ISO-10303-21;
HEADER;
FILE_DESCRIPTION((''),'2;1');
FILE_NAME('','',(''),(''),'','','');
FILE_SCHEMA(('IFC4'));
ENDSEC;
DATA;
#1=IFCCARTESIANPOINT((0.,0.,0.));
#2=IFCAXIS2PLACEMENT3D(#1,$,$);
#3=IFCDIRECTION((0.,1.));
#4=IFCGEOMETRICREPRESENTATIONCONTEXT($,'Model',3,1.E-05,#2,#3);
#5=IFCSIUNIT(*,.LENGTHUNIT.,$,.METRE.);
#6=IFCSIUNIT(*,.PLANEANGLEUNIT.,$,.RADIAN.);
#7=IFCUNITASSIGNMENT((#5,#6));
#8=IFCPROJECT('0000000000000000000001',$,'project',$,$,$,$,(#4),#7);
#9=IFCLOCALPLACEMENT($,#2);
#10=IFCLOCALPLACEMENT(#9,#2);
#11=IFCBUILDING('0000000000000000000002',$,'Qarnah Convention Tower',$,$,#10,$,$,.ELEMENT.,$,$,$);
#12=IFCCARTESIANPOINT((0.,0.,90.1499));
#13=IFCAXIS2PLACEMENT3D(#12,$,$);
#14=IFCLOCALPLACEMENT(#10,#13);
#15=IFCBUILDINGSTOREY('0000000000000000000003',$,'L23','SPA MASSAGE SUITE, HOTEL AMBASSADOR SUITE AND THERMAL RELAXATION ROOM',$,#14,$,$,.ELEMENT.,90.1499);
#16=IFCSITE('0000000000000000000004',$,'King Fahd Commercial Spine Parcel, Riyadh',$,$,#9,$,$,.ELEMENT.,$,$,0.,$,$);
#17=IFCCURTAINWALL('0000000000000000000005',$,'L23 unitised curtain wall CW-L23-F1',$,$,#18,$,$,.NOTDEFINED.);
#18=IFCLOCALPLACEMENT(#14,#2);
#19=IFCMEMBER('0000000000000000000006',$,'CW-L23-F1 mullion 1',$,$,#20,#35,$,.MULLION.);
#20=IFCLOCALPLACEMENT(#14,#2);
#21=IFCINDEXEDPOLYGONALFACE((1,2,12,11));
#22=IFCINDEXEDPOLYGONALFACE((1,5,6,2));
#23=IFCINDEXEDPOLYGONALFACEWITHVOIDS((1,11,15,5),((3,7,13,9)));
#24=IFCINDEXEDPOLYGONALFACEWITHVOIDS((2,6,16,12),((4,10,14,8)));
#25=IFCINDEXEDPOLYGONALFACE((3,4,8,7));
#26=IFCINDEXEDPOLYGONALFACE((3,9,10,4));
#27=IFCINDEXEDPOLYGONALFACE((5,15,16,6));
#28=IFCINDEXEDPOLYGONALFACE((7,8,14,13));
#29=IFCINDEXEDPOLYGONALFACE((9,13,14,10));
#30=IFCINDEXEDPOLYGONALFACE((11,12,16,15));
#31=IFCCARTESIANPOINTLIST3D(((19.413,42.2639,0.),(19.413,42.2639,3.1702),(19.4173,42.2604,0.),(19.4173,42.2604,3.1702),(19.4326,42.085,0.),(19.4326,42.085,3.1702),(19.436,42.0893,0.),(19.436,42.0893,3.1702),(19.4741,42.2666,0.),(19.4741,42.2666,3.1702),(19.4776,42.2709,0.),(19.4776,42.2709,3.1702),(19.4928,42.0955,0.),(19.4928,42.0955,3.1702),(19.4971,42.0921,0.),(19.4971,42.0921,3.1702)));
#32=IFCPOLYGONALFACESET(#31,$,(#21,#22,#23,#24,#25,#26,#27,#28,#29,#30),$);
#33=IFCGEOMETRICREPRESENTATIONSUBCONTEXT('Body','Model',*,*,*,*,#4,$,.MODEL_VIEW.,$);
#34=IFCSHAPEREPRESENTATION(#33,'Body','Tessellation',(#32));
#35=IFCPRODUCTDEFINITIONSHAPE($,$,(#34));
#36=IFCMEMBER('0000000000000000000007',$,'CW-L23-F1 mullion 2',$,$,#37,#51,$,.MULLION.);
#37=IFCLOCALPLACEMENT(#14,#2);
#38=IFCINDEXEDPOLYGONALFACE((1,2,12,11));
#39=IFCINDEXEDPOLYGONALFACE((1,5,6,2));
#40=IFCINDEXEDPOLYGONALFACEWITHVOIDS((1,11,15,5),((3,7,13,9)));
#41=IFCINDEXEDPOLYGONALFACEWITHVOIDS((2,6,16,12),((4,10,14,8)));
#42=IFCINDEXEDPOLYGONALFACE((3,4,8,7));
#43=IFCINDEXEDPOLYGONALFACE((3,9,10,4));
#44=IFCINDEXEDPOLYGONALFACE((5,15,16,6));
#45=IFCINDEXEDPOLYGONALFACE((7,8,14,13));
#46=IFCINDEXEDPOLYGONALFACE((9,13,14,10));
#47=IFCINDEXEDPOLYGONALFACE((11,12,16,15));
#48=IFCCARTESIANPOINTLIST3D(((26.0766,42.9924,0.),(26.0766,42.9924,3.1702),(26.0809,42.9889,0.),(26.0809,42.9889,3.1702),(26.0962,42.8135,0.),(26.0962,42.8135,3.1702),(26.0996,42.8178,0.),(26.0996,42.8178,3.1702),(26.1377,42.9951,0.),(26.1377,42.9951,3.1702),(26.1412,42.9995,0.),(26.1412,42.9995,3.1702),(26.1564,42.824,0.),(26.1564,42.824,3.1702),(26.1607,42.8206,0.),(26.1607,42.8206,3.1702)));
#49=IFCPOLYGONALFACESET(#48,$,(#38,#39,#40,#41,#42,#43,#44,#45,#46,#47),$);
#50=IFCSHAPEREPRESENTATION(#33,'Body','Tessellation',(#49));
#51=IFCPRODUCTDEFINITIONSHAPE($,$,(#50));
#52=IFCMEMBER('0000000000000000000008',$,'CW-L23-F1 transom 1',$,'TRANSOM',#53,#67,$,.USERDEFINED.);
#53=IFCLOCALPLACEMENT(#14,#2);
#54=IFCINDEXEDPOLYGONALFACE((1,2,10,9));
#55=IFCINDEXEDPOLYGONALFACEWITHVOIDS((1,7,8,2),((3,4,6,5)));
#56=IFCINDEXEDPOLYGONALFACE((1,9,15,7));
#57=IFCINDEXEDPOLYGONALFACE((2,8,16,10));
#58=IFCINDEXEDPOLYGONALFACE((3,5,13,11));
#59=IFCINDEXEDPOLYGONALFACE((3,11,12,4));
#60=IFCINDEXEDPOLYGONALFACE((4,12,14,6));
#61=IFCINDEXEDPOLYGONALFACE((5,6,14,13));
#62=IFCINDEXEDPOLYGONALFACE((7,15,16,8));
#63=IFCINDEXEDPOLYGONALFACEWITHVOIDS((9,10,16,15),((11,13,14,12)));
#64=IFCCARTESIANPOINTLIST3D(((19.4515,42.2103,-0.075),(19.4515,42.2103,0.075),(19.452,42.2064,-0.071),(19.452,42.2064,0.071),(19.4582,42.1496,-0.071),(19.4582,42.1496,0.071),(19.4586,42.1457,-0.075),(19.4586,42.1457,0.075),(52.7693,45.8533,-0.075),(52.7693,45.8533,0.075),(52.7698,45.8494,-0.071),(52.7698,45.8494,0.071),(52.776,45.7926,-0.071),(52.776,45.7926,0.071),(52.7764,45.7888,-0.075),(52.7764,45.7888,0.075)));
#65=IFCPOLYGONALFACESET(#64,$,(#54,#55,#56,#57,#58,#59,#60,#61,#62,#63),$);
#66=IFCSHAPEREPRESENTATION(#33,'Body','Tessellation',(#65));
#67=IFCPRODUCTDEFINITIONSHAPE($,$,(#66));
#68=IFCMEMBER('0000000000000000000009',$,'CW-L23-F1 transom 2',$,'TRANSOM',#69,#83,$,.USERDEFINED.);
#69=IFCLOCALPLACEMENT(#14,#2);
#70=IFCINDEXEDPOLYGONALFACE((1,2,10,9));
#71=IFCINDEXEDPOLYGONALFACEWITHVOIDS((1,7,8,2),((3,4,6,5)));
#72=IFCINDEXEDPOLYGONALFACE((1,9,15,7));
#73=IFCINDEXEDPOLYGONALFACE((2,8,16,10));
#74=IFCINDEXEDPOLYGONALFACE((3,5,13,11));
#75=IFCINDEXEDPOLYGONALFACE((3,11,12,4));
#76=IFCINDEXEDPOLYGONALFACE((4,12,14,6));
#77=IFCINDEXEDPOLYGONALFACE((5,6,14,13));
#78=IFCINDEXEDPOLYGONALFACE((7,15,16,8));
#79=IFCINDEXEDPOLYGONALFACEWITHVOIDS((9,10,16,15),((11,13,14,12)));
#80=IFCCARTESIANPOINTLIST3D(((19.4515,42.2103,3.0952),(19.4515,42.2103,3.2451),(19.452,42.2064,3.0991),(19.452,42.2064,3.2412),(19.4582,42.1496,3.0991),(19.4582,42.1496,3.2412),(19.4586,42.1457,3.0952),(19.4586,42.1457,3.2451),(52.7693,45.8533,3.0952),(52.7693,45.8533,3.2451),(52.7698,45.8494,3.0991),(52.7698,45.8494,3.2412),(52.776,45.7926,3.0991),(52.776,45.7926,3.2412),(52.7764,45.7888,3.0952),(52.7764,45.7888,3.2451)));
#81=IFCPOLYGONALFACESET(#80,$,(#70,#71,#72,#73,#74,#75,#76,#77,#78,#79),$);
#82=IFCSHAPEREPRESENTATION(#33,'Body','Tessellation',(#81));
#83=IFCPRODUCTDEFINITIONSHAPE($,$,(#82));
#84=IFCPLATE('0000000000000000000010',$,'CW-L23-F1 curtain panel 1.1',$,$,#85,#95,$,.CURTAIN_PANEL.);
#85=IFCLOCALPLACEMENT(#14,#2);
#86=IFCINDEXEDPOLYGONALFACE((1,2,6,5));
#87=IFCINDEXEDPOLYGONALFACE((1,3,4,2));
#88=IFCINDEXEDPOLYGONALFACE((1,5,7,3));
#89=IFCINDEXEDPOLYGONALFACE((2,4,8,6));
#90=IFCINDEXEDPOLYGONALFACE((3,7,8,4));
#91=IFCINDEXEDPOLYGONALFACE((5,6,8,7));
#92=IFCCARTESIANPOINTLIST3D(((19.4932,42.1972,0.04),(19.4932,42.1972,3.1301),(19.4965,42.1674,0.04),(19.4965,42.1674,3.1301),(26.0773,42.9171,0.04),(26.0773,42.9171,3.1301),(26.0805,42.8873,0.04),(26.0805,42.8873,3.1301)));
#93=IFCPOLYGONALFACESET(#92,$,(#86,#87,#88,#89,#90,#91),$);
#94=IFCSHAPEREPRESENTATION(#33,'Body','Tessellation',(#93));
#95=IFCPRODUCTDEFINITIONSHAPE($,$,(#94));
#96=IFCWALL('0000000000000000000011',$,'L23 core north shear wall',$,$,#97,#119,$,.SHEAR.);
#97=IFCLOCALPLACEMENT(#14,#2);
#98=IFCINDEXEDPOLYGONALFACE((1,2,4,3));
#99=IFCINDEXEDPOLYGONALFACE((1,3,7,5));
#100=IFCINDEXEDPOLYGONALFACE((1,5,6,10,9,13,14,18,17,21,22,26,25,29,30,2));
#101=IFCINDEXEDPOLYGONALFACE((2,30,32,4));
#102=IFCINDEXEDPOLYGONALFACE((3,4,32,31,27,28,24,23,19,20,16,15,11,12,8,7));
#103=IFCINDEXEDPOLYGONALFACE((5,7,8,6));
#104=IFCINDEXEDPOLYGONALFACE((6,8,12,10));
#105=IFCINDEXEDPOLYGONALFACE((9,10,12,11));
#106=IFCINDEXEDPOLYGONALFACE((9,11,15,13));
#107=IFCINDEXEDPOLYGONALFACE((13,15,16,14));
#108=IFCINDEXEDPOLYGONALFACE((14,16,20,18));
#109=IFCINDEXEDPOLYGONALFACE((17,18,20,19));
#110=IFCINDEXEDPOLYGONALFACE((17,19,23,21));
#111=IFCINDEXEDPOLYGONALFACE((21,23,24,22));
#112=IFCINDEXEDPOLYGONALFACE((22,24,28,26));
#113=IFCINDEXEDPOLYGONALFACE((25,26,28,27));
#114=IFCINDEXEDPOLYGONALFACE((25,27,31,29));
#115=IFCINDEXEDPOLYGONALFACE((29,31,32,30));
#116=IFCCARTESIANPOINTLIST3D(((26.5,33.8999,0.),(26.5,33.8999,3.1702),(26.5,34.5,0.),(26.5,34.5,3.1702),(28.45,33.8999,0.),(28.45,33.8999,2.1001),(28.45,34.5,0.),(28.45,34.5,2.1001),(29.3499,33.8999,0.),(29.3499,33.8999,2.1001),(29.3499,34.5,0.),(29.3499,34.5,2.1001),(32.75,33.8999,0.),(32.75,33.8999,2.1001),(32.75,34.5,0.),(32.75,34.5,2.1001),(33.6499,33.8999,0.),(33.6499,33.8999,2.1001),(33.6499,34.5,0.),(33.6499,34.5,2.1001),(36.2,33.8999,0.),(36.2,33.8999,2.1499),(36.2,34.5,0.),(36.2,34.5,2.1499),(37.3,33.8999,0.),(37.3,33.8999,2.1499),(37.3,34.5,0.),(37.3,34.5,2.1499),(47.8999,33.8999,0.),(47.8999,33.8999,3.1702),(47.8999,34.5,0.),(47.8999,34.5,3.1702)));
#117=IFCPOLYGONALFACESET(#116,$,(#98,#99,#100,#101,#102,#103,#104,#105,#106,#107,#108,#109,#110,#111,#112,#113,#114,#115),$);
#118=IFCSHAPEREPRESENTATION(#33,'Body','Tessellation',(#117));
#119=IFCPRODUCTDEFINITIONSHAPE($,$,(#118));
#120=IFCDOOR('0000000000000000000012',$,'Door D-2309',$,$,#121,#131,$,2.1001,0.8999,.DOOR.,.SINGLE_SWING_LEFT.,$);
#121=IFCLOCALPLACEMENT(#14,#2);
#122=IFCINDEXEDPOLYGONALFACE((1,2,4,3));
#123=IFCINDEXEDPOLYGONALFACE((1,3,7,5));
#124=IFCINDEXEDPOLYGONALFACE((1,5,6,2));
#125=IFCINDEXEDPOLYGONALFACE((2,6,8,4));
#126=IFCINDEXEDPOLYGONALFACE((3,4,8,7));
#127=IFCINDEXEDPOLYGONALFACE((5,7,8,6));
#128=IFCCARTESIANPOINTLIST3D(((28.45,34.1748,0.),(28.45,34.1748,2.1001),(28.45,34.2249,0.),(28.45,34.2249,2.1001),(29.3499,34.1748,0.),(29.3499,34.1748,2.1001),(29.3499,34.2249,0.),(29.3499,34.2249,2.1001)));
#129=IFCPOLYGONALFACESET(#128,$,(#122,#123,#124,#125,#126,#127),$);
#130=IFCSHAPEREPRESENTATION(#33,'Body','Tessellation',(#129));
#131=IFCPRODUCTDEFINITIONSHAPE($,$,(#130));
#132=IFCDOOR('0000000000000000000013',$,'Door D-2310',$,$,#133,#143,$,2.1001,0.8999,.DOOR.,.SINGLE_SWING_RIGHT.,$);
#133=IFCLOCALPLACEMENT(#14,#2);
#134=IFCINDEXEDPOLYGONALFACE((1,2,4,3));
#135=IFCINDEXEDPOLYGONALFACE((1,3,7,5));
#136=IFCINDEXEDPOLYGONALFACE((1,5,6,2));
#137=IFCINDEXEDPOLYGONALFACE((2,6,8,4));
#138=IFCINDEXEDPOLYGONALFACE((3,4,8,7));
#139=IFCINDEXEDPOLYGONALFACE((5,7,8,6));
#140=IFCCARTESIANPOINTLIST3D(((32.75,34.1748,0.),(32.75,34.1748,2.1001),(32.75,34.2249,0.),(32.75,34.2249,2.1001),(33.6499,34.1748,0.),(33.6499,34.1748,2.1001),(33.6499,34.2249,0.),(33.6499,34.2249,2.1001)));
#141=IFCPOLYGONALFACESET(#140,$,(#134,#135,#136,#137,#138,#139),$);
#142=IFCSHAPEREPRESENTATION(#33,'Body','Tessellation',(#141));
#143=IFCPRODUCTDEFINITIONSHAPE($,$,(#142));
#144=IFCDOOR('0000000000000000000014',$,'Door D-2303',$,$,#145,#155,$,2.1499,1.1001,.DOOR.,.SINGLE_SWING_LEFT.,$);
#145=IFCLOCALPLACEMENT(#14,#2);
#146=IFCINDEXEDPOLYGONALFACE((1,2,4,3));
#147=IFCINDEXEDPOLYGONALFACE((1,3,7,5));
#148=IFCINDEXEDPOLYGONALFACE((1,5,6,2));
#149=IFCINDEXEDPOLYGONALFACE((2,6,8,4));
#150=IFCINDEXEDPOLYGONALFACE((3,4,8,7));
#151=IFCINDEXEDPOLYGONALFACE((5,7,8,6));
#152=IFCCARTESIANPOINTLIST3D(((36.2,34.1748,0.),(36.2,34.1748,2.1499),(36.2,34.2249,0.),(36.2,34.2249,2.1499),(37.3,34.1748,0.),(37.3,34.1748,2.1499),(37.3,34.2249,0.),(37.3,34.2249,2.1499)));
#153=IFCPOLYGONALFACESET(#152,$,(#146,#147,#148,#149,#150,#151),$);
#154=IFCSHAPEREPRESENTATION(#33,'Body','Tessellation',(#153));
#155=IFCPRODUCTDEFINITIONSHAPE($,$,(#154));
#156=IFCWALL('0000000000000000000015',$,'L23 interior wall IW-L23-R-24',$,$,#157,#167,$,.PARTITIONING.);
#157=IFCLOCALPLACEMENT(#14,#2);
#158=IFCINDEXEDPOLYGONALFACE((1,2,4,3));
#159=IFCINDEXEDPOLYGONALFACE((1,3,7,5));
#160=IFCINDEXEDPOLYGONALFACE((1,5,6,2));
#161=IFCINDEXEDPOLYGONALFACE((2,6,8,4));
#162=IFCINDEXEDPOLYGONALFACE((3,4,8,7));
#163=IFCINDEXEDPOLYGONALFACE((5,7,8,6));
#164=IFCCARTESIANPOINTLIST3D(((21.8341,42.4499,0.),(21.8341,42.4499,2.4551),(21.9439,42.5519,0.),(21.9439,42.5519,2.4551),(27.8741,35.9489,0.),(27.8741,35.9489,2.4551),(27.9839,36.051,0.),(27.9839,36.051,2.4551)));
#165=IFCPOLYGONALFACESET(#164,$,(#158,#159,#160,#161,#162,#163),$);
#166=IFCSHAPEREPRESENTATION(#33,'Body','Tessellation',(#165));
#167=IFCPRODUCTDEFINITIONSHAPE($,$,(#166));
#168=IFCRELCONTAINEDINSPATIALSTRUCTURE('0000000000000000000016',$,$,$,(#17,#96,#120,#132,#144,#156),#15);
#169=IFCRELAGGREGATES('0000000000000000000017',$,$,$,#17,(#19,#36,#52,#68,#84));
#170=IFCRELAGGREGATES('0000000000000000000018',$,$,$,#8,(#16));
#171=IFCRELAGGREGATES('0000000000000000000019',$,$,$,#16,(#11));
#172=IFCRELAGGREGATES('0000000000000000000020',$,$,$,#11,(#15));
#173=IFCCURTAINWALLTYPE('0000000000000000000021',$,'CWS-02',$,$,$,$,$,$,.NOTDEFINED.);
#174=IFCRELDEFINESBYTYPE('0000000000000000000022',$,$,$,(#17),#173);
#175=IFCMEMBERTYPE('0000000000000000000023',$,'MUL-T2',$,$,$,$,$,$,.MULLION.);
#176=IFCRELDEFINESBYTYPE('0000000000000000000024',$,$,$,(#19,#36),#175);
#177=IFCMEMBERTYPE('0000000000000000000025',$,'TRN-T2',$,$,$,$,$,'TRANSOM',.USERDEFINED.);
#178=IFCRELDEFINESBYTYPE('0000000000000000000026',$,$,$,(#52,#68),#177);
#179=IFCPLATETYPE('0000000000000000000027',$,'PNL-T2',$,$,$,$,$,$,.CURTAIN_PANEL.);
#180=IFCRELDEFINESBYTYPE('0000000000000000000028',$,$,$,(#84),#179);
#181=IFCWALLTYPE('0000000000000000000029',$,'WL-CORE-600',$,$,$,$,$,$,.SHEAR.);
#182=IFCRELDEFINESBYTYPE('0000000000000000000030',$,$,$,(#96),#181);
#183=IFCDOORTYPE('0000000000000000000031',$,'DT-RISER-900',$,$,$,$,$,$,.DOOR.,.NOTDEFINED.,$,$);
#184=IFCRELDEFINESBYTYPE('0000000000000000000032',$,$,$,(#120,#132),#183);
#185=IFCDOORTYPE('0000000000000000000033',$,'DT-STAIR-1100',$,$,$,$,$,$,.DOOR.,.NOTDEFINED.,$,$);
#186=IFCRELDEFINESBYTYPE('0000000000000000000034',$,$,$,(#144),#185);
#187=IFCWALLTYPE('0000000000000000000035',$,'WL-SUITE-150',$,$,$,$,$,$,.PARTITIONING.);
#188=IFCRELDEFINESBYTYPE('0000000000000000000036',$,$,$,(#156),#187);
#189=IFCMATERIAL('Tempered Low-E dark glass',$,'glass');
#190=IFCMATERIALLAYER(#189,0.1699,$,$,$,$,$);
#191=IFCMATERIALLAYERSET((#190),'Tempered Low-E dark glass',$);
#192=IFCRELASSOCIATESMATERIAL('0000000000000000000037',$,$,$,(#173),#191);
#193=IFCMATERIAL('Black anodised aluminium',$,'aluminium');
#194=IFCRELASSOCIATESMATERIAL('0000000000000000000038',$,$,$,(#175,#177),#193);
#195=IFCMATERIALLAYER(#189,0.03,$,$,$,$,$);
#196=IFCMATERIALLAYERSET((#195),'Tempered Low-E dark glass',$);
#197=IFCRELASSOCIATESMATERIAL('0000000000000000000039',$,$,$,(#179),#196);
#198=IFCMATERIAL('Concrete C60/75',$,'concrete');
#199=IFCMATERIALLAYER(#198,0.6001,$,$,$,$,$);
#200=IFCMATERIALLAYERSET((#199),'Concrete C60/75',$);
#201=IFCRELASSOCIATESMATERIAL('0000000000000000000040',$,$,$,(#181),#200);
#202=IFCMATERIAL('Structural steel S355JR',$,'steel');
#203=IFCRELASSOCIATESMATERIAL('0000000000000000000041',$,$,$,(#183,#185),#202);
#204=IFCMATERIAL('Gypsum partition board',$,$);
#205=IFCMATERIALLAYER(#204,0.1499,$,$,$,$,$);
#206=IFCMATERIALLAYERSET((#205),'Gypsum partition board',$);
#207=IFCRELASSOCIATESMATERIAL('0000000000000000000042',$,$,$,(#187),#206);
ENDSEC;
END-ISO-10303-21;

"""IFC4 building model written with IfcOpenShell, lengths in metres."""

from ifc_helpers import new_model, si_unit, direction, frame, frame_2d, origin, origin_2d, place, context, subcontext, project, spatial, rectangle, hollow_rectangle, extrude, material, layer, layer_set, material_profile, profile_set, type_object, element, fill, aggregate, save


model = new_model("IFC4")

# Units and contexts
model_context = context("Model", 3, precision=1e-05, world=origin(), true_north=direction((0.0, 1.0)))
body_context = subcontext(model_context, "Body", "Model", "MODEL_VIEW")
ifc_project = project(units=[si_unit("LENGTHUNIT", "METRE"), si_unit("PLANEANGLEUNIT", "RADIAN")], contexts=[model_context])

# Site, building, storey
site_placement = place(None, origin())
site = spatial("IfcSite", under=ifc_project, at=site_placement, Name="King Fahd Commercial Spine Parcel, Riyadh", CompositionType="ELEMENT", RefElevation=0.0)
building_placement = place(site_placement, origin())
building = spatial("IfcBuilding", under=site, at=building_placement, Name="Qarnah Convention Tower", CompositionType="ELEMENT")
storey_placement = place(building_placement, frame((0.0, 0.0, 90.1499)))
storey = spatial("IfcBuildingStorey", under=building, at=storey_placement, Name="L23", Description="SPA MASSAGE SUITE, HOTEL AMBASSADOR SUITE AND THERMAL RELAXATION ROOM", CompositionType="ELEMENT", Elevation=90.1499)

# Curtain wall, members, plate
ifc_material_1 = material(Name="Tempered Low-E dark glass", Category="glass")
ifc_layer_1 = layer(ifc_material_1, 0.1699)
ifc_layer_set_1 = layer_set([ifc_layer_1], Name="Tempered Low-E dark glass")
curtain_wall_type = type_object("IfcCurtainWallType", Name="CWS-02", PredefinedType="NOTDEFINED", material=ifc_layer_set_1)
curtain_wall_placement = place(storey_placement, origin())
curtain_wall = element("IfcCurtainWall", 1, at=curtain_wall_placement, inside=storey, type_object=curtain_wall_type, Name="L23 unitised curtain wall CW-L23-F1", PredefinedType="NOTDEFINED")
ifc_material_2 = material(Name="Black anodised aluminium", Category="aluminium")
ifc_material_profile_1 = material_profile(ifc_material_2, hollow_rectangle(XDim=0.0649, YDim=0.1799, WallThickness=0.0039, at=origin_2d()), Name="MUL-65X180")
ifc_profile_set_1 = profile_set([ifc_material_profile_1], Name="Black anodised aluminium")
member_type_1 = type_object("IfcMemberType", Name="MUL-T2", PredefinedType="MULLION", material=ifc_profile_set_1)
member_1_placement = place(storey_placement, frame((19.4551, 42.178, 0.0), z_axis=(0.0, 0.0, 1.0), x_axis=(0.994075, 0.108692, 0.0)))
member_1 = element("IfcMember", 2, at=member_1_placement, type_object=member_type_1, Name="CW-L23-F1 mullion 1", PredefinedType="MULLION", context=body_context, shape_type="SweptSolid", body=[
    extrude(hollow_rectangle(XDim=0.0649, YDim=0.1799, WallThickness=0.0039, at=origin_2d()), origin(), (0.0, 0.0, 1.0), 3.1702),
])
member_2_placement = place(storey_placement, frame((26.1187, 42.9065, 0.0), z_axis=(0.0, 0.0, 1.0), x_axis=(0.994075, 0.108692, 0.0)))
member_2 = element("IfcMember", 3, at=member_2_placement, type_object=member_type_1, Name="CW-L23-F1 mullion 2", PredefinedType="MULLION", context=body_context, shape_type="SweptSolid", body=[
    extrude(hollow_rectangle(XDim=0.0649, YDim=0.1799, WallThickness=0.0039, at=origin_2d()), origin(), (0.0, 0.0, 1.0), 3.1702),
])
ifc_material_profile_2 = material_profile(ifc_material_2, hollow_rectangle(XDim=0.0649, YDim=0.1499, WallThickness=0.0039, at=origin_2d()), Name="TRN-65X150")
ifc_profile_set_2 = profile_set([ifc_material_profile_2], Name="Black anodised aluminium")
member_type_2 = type_object("IfcMemberType", Name="TRN-T2", ElementType="TRANSOM", PredefinedType="USERDEFINED", material=ifc_profile_set_2)
member_3_placement = place(storey_placement, frame((19.4551, 42.178, 0.0), z_axis=(0.994075, 0.108695, 0.0), x_axis=(-0.108695, 0.994075, 0.0)))
member_3 = element("IfcMember", 4, at=member_3_placement, type_object=member_type_2, Name="CW-L23-F1 transom 1", ObjectType="TRANSOM", PredefinedType="USERDEFINED", context=body_context, shape_type="SweptSolid", body=[
    extrude(hollow_rectangle(XDim=0.0649, YDim=0.1499, WallThickness=0.0039, at=origin_2d()), origin(), (0.0, 0.0, 1.0), 33.5164),
])
member_4_placement = place(storey_placement, frame((19.4551, 42.178, 3.1702), z_axis=(0.994075, 0.108695, 0.0), x_axis=(-0.108695, 0.994075, 0.0)))
member_4 = element("IfcMember", 5, at=member_4_placement, type_object=member_type_2, Name="CW-L23-F1 transom 2", ObjectType="TRANSOM", PredefinedType="USERDEFINED", context=body_context, shape_type="SweptSolid", body=[
    extrude(hollow_rectangle(XDim=0.0649, YDim=0.1499, WallThickness=0.0039, at=origin_2d()), origin(), (0.0, 0.0, 1.0), 33.5164),
])
ifc_layer_2 = layer(ifc_material_1, 0.03)
ifc_layer_set_2 = layer_set([ifc_layer_2], Name="Tempered Low-E dark glass")
plate_type = type_object("IfcPlateType", Name="PNL-T2", PredefinedType="CURTAIN_PANEL", material=ifc_layer_set_2)
plate_placement = place(storey_placement, frame((22.7869, 42.5422, 0.04), z_axis=(0.0, 0.0, 1.0), x_axis=(0.994075, 0.108692, 0.0)))
plate = element("IfcPlate", 6, at=plate_placement, type_object=plate_type, Name="CW-L23-F1 curtain panel 1.1", PredefinedType="CURTAIN_PANEL", context=body_context, shape_type="SweptSolid", body=[
    extrude(rectangle(XDim=6.6233, YDim=0.03, at=origin_2d()), origin(), (0.0, 0.0, 1.0), 3.0901),
])
aggregate(curtain_wall, [member_1, member_2, member_3, member_4, plate])

# Wall, openings, doors
ifc_material_3 = material(Name="Concrete C60/75", Category="concrete")
ifc_layer_3 = layer(ifc_material_3, 0.6001)
ifc_layer_set_3 = layer_set([ifc_layer_3], Name="Concrete C60/75")
wall_type_1 = type_object("IfcWallType", Name="WL-CORE-600", PredefinedType="SHEAR", material=ifc_layer_set_3)
wall_1_placement = place(storey_placement, frame((26.5, 34.2, 0.0), z_axis=(0.0, 0.0, 1.0), x_axis=(1.0, 0.0, 0.0)))
wall_1 = element("IfcWall", 7, at=wall_1_placement, inside=storey, type_object=wall_type_1, Name="L23 core north shear wall", PredefinedType="SHEAR", context=body_context, shape_type="SweptSolid", body=[
    extrude(rectangle(XDim=21.3999, YDim=0.6001, at=frame_2d((10.7, 0.0))), origin(), (0.0, 0.0, 1.0), 3.1702),
])
opening_1_placement = place(wall_1_placement, frame((9.7, 0.0, 0.0)))
opening_1 = element("IfcOpeningElement", 8, at=opening_1_placement, cuts=wall_1, PredefinedType="OPENING", context=body_context, shape_type="SweptSolid", body=[
    extrude(rectangle(XDim=1.1001, YDim=2.1499, at=frame_2d((0.55, 1.075))), frame((0.0, 0.3101, 0.0), z_axis=(0.0, -1.0, 0.0), x_axis=(1.0, 0.0, 0.0)), (0.0, 0.0, 1.0), 0.6201),
])
opening_2_placement = place(wall_1_placement, frame((1.95, 0.0, 0.0)))
opening_2 = element("IfcOpeningElement", 9, at=opening_2_placement, cuts=wall_1, PredefinedType="OPENING", context=body_context, shape_type="SweptSolid", body=[
    extrude(rectangle(XDim=0.8999, YDim=2.1001, at=frame_2d((0.45, 1.05))), frame((0.0, 0.3101, 0.0), z_axis=(0.0, -1.0, 0.0), x_axis=(1.0, 0.0, 0.0)), (0.0, 0.0, 1.0), 0.6201),
])
opening_3_placement = place(wall_1_placement, frame((6.25, 0.0, 0.0)))
opening_3 = element("IfcOpeningElement", 10, at=opening_3_placement, cuts=wall_1, PredefinedType="OPENING", context=body_context, shape_type="SweptSolid", body=[
    extrude(rectangle(XDim=0.8999, YDim=2.1001, at=frame_2d((0.45, 1.05))), frame((0.0, 0.3101, 0.0), z_axis=(0.0, -1.0, 0.0), x_axis=(1.0, 0.0, 0.0)), (0.0, 0.0, 1.0), 0.6201),
])
ifc_material_4 = material(Name="Structural steel S355JR", Category="steel")
door_type_1 = type_object("IfcDoorType", Name="DT-RISER-900", OperationType="NOTDEFINED", PredefinedType="DOOR", material=ifc_material_4)
door_1_placement = place(opening_2_placement, origin())
door_1 = element("IfcDoor", 11, at=door_1_placement, inside=storey, type_object=door_type_1, Name="Door D-2309", OperationType="SINGLE_SWING_LEFT", OverallHeight=2.1001, OverallWidth=0.8999, PredefinedType="DOOR", context=body_context, shape_type="SweptSolid", body=[
    extrude(rectangle(XDim=0.8999, YDim=2.1001, at=frame_2d((0.45, 1.05))), frame((0.0, 0.0249, 0.0), z_axis=(0.0, -1.0, 0.0), x_axis=(1.0, 0.0, 0.0)), (0.0, 0.0, 1.0), 0.05),
])
fill(opening_2, door_1)
door_2_placement = place(opening_3_placement, origin())
door_2 = element("IfcDoor", 12, at=door_2_placement, inside=storey, type_object=door_type_1, Name="Door D-2310", OperationType="SINGLE_SWING_RIGHT", OverallHeight=2.1001, OverallWidth=0.8999, PredefinedType="DOOR", context=body_context, shape_type="SweptSolid", body=[
    extrude(rectangle(XDim=0.8999, YDim=2.1001, at=frame_2d((0.45, 1.05))), frame((0.0, 0.0249, 0.0), z_axis=(0.0, -1.0, 0.0), x_axis=(1.0, 0.0, 0.0)), (0.0, 0.0, 1.0), 0.05),
])
fill(opening_3, door_2)
door_type_2 = type_object("IfcDoorType", Name="DT-STAIR-1100", OperationType="NOTDEFINED", PredefinedType="DOOR", material=ifc_material_4)
door_3_placement = place(opening_1_placement, origin())
door_3 = element("IfcDoor", 13, at=door_3_placement, inside=storey, type_object=door_type_2, Name="Door D-2303", OperationType="SINGLE_SWING_LEFT", OverallHeight=2.1499, OverallWidth=1.1001, PredefinedType="DOOR", context=body_context, shape_type="SweptSolid", body=[
    extrude(rectangle(XDim=1.1001, YDim=2.1499, at=frame_2d((0.55, 1.075))), frame((0.0, 0.0249, 0.0), z_axis=(0.0, -1.0, 0.0), x_axis=(1.0, 0.0, 0.0)), (0.0, 0.0, 1.0), 0.05),
])
fill(opening_1, door_3)

# Wall
ifc_material_5 = material(Name="Gypsum partition board")
ifc_layer_4 = layer(ifc_material_5, 0.1499)
ifc_layer_set_4 = layer_set([ifc_layer_4], Name="Gypsum partition board")
wall_type_2 = type_object("IfcWallType", Name="WL-SUITE-150", PredefinedType="PARTITIONING", material=ifc_layer_set_4)
wall_2_placement = place(storey_placement, frame((21.8889, 42.501, 0.0), z_axis=(0.0, 0.0, 1.0), x_axis=(0.680658, -0.732601, 0.0)))
element("IfcWall", 14, at=wall_2_placement, inside=storey, type_object=wall_type_2, Name="L23 interior wall IW-L23-R-24", PredefinedType="PARTITIONING", context=body_context, shape_type="SweptSolid", body=[
    extrude(rectangle(XDim=8.8738, YDim=0.1499, at=frame_2d((4.437, 0.0))), origin(), (0.0, 0.0, 1.0), 2.4551),
])

save(model, "model.ifc")
